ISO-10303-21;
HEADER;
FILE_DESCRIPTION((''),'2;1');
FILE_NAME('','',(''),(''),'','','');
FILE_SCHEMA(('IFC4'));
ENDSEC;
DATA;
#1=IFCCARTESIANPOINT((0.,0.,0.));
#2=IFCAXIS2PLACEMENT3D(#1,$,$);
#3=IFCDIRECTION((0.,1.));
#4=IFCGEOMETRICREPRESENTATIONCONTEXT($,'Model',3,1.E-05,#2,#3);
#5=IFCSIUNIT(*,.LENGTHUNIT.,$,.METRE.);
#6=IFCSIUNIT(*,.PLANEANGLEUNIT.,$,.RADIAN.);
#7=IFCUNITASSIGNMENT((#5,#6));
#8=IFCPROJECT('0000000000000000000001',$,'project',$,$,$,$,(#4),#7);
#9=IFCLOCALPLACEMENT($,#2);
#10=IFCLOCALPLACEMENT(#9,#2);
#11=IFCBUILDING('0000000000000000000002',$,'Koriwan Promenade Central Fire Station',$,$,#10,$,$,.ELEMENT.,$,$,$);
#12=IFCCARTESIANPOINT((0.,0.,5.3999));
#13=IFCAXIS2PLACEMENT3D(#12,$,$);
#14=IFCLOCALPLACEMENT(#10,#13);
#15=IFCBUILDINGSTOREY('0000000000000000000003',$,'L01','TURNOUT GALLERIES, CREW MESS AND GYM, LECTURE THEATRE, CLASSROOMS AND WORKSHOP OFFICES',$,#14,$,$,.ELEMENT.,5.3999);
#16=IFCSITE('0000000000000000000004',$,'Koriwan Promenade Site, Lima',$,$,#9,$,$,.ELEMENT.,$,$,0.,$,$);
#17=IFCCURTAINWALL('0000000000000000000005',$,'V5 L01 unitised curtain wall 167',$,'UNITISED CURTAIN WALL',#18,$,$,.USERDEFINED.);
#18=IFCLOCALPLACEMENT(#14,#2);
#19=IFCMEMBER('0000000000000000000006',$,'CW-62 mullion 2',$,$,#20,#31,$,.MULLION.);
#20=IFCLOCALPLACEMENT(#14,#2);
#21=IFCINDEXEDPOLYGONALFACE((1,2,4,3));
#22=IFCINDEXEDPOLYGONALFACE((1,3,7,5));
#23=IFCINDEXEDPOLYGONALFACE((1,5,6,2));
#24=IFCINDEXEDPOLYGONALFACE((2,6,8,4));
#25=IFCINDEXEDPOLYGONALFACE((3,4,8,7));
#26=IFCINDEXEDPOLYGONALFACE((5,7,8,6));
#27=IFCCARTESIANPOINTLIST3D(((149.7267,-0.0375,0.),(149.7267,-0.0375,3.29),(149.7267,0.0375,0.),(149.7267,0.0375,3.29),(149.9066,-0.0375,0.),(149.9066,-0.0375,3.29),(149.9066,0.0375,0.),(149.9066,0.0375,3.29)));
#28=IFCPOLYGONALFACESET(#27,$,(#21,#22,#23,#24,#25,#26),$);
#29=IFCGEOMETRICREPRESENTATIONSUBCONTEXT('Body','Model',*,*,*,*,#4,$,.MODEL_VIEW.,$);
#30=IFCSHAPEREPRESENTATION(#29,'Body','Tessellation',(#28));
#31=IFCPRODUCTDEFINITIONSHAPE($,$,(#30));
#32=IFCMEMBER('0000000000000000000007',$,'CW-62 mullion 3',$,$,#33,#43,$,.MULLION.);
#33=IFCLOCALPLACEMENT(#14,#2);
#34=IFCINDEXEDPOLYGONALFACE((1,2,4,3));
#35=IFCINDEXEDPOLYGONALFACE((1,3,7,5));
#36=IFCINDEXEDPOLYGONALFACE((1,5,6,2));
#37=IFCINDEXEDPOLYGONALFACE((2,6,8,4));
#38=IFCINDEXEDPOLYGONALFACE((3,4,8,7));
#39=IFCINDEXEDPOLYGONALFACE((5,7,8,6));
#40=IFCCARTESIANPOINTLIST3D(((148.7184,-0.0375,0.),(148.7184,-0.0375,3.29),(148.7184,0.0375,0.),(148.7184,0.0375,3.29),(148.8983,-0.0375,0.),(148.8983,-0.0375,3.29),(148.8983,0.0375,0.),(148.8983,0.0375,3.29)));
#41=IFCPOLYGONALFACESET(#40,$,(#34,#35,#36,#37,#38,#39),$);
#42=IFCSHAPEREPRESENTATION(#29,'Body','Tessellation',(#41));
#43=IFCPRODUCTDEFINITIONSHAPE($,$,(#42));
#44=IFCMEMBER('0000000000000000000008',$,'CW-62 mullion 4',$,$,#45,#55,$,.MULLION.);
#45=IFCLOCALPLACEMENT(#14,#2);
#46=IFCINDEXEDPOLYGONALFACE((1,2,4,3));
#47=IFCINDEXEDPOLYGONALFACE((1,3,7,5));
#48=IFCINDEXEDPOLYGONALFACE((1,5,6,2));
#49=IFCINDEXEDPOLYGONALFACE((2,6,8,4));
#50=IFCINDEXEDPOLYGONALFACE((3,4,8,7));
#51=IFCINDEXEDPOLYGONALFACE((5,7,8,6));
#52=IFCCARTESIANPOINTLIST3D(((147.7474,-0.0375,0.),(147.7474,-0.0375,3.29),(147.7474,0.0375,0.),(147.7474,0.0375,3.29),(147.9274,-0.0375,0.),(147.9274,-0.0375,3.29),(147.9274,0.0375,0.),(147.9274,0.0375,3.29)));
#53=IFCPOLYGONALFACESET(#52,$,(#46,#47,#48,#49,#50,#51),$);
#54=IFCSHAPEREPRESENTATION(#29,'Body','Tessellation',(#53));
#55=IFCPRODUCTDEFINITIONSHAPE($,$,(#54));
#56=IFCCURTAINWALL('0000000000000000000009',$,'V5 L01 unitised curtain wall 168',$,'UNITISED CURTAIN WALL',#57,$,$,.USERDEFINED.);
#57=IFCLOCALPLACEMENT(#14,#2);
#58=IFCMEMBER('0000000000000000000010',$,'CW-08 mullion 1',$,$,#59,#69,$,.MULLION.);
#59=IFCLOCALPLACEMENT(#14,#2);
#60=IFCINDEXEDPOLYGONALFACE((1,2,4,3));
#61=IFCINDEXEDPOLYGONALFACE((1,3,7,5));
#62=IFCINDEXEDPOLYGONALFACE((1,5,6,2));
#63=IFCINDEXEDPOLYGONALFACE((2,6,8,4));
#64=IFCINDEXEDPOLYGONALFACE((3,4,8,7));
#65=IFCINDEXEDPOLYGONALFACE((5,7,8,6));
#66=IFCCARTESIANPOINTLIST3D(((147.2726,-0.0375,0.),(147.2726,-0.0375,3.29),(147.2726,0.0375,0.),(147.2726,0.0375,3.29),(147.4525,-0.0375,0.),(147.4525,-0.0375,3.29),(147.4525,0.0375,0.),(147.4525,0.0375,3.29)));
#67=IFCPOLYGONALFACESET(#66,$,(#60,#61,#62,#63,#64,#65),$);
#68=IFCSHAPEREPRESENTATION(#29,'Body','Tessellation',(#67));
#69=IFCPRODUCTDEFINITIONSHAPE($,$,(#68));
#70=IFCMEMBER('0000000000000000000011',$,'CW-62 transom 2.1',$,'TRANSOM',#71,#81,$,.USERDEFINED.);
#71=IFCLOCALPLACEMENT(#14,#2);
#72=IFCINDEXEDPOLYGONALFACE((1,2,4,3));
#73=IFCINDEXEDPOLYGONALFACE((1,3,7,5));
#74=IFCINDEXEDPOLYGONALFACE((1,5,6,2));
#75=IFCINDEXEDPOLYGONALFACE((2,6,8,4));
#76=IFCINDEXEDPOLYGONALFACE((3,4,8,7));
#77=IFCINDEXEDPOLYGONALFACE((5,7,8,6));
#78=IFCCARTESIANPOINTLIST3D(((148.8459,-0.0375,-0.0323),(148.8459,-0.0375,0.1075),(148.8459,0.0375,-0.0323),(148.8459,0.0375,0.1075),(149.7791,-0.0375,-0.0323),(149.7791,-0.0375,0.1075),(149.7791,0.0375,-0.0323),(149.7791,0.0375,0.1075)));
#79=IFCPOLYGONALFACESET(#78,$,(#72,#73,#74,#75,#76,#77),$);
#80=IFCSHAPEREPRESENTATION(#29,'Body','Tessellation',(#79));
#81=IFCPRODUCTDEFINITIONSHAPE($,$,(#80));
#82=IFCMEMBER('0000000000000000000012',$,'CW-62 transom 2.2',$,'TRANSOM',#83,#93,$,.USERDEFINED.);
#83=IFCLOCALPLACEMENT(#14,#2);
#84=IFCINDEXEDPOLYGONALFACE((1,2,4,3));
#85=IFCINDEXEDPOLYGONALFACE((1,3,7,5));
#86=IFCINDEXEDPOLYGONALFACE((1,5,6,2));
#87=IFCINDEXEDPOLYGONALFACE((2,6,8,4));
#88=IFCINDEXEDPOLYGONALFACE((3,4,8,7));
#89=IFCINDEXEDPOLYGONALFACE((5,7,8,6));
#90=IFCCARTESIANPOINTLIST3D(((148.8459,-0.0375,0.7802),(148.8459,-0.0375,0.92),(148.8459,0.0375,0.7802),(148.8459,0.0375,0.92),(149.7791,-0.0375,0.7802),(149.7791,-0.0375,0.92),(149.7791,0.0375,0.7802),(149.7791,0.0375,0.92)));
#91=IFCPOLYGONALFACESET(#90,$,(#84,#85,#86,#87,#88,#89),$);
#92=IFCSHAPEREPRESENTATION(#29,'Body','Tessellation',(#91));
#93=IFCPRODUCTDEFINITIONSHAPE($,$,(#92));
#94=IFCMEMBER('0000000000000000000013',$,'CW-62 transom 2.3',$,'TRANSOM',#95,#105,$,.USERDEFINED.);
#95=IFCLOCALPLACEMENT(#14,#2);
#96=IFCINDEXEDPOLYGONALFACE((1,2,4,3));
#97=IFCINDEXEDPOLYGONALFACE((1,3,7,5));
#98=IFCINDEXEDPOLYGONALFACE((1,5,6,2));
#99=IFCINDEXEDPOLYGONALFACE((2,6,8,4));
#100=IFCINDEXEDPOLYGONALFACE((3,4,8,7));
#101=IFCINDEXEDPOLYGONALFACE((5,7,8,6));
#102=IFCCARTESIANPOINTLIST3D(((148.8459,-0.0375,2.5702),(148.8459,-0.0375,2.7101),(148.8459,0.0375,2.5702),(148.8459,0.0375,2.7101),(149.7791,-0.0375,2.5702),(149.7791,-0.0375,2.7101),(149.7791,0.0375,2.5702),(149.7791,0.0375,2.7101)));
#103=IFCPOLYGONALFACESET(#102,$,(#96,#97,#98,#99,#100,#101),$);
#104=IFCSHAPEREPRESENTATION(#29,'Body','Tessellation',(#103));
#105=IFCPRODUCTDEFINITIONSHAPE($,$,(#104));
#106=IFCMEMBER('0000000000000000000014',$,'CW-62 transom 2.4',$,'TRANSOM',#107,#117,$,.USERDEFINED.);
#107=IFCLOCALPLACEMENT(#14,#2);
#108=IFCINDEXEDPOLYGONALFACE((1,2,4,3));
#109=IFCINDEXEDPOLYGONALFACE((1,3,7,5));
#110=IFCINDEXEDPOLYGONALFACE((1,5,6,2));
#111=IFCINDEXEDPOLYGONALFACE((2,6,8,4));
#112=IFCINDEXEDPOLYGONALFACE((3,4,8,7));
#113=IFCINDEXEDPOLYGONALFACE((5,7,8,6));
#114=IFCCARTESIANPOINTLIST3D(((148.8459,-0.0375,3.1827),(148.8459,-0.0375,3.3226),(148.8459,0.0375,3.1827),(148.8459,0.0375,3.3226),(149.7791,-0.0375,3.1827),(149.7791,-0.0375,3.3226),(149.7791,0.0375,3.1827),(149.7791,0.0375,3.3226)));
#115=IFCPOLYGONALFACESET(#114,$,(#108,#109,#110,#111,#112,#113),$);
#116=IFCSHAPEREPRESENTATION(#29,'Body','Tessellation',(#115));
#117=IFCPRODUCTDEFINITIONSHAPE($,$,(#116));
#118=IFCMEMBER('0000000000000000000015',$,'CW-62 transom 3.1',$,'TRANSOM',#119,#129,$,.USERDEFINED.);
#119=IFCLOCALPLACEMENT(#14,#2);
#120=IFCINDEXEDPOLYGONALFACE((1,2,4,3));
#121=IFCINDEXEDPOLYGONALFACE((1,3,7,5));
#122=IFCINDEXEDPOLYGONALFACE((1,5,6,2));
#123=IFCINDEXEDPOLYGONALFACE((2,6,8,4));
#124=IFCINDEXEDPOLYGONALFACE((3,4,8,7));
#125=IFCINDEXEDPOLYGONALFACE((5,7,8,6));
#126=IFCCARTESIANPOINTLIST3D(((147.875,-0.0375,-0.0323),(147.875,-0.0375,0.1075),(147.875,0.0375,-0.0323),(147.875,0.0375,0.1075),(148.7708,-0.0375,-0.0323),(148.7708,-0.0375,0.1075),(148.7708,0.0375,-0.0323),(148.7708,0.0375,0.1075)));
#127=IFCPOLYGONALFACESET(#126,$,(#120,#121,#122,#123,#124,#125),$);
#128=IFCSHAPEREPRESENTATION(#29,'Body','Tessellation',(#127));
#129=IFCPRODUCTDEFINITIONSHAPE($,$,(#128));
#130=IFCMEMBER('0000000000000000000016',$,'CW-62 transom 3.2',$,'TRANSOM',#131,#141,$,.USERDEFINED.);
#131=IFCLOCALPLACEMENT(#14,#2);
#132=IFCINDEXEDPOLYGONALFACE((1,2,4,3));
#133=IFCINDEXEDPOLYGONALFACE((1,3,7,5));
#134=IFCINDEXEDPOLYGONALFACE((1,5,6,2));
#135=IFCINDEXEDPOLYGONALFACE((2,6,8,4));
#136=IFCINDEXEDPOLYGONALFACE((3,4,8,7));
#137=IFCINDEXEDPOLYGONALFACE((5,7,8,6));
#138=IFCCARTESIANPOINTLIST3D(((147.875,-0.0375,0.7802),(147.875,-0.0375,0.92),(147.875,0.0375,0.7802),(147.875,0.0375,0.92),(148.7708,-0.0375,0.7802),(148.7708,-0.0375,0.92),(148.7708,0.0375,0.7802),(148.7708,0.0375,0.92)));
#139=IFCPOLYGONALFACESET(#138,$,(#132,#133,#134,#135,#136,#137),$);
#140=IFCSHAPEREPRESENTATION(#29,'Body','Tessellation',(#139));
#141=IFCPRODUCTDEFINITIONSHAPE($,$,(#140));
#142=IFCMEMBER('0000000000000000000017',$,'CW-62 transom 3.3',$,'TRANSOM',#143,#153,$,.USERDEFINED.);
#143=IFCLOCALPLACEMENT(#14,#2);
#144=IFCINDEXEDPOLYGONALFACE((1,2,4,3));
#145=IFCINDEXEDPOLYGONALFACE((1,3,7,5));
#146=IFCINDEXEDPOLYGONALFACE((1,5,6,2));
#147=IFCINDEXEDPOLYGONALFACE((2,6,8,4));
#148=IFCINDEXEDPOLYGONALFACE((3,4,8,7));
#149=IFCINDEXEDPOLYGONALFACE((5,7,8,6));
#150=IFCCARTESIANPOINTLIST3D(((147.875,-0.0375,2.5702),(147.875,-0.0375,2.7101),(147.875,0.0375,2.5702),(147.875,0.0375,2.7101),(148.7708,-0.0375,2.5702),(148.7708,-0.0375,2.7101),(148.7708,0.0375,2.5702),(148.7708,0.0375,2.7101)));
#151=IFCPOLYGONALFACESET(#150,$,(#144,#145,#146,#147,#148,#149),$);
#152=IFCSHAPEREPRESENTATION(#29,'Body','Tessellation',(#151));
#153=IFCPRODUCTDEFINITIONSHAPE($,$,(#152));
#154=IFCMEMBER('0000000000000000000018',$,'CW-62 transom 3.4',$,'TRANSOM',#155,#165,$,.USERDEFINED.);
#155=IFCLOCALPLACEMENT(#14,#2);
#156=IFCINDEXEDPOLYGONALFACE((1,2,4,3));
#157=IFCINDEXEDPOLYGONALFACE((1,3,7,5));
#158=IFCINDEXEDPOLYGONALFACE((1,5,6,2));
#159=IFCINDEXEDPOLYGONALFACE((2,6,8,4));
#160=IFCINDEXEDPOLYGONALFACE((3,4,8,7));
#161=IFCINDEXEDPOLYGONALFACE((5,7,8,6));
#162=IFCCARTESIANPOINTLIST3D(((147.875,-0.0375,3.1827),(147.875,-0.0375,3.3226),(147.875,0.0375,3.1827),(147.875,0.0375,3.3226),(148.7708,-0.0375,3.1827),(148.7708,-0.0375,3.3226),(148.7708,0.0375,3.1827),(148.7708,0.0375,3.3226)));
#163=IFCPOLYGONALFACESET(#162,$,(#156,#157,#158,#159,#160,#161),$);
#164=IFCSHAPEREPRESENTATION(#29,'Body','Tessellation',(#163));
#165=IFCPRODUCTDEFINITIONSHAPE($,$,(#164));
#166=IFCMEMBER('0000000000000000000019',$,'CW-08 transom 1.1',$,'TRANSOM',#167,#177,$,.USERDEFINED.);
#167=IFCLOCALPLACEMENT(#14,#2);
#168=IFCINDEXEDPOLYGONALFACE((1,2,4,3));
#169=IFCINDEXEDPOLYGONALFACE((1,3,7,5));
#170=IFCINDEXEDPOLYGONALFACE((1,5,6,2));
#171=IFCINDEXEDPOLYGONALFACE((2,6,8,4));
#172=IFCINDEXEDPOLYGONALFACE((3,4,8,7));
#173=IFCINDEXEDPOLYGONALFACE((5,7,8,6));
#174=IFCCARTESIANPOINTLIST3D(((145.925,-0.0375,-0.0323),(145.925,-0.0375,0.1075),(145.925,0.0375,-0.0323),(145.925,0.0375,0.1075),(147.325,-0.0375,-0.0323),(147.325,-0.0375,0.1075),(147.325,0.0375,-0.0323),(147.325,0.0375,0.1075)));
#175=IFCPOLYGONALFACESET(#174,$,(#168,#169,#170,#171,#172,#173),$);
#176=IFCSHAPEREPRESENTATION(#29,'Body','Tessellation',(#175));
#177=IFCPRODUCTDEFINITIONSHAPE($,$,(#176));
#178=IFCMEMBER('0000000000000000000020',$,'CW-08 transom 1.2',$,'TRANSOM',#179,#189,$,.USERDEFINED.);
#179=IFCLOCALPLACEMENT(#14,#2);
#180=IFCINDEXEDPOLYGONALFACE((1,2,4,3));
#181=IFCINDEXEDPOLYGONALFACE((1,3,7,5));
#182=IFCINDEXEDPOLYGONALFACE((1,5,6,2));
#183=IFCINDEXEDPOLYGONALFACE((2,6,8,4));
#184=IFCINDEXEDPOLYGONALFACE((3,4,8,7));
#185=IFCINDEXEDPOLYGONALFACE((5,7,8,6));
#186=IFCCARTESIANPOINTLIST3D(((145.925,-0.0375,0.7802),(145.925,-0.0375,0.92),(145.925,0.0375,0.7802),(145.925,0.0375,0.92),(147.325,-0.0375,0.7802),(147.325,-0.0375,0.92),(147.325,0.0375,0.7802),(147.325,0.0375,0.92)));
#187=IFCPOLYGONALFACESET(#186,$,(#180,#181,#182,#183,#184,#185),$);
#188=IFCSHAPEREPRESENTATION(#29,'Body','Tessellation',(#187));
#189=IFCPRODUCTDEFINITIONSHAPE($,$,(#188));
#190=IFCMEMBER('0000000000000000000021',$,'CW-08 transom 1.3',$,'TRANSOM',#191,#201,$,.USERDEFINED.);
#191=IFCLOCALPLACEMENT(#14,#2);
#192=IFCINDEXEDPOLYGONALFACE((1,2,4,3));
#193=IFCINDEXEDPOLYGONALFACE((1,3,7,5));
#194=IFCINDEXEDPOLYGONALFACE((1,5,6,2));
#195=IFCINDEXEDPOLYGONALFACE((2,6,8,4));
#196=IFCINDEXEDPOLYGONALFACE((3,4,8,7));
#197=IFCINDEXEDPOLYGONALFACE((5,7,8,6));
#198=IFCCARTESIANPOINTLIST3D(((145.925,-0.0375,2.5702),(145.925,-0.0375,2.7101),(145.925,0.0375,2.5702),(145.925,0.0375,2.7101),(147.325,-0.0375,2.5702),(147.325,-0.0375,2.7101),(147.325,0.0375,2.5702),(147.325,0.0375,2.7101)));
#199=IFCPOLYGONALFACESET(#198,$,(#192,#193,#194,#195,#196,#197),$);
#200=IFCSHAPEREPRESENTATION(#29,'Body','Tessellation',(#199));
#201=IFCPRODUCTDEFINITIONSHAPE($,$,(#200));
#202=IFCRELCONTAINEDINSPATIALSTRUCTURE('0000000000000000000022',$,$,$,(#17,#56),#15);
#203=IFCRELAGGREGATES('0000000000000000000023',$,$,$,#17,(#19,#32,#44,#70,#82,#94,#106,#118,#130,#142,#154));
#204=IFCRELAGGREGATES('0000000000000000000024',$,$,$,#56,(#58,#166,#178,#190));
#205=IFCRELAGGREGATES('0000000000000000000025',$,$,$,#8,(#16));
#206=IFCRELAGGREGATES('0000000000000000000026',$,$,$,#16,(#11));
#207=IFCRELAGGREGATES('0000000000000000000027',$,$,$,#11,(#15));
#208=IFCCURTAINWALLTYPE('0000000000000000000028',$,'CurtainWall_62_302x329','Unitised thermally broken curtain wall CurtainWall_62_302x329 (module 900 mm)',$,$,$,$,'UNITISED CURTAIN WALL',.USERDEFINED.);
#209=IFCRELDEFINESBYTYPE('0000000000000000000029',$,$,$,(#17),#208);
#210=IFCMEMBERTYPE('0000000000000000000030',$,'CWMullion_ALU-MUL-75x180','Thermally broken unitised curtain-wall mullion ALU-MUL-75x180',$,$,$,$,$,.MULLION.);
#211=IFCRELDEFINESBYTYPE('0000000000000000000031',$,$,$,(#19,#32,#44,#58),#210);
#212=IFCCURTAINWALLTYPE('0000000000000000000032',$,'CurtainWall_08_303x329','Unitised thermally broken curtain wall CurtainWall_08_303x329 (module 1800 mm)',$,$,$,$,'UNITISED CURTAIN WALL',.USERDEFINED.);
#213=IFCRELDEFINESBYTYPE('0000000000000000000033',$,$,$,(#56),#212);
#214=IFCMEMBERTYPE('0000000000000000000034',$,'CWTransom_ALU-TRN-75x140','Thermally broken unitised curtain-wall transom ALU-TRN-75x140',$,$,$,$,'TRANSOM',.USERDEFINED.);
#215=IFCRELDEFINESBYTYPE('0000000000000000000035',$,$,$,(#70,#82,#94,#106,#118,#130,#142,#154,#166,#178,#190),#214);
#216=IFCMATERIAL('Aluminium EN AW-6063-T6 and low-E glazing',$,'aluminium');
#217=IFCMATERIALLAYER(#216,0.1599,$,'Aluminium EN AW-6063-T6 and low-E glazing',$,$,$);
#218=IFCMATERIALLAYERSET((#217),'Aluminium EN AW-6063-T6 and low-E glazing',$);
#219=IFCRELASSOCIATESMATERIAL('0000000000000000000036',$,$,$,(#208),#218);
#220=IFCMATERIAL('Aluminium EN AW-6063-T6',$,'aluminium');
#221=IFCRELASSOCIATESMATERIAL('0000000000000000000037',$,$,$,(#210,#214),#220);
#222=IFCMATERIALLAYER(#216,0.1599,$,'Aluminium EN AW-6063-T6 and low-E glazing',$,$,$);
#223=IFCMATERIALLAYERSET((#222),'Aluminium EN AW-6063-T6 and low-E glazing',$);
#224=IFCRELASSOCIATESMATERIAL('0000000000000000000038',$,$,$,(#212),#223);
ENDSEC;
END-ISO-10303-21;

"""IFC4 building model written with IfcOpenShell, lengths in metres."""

from ifc_helpers import new_model, si_unit, direction, frame, origin, origin_2d, place, context, subcontext, project, spatial, rectangle, extrude, material, layer, layer_set, material_profile, profile_set, type_object, element, aggregate, save


model = new_model("IFC4")

# Units and contexts
model_context = context("Model", 3, precision=1e-05, world=origin(), true_north=direction((0.0, 1.0)))
body_context = subcontext(model_context, "Body", "Model", "MODEL_VIEW")
ifc_project = project(units=[si_unit("LENGTHUNIT", "METRE"), si_unit("PLANEANGLEUNIT", "RADIAN")], contexts=[model_context])

# Site, building, storey
site_placement = place(None, origin())
site = spatial("IfcSite", under=ifc_project, at=site_placement, Name="Koriwan Promenade Site, Lima", CompositionType="ELEMENT", RefElevation=0.0)
building_placement = place(site_placement, origin())
building = spatial("IfcBuilding", under=site, at=building_placement, Name="Koriwan Promenade Central Fire Station", CompositionType="ELEMENT")
storey_placement = place(building_placement, frame((0.0, 0.0, 5.3999)))
storey = spatial("IfcBuildingStorey", under=building, at=storey_placement, Name="L01", Description="TURNOUT GALLERIES, CREW MESS AND GYM, LECTURE THEATRE, CLASSROOMS AND WORKSHOP OFFICES", CompositionType="ELEMENT", Elevation=5.3999)

# Curtain wall, members
ifc_material_1 = material(Name="Aluminium EN AW-6063-T6 and low-E glazing", Category="aluminium")
ifc_layer_1 = layer(ifc_material_1, 0.1599, Name="Aluminium EN AW-6063-T6 and low-E glazing")
ifc_layer_set_1 = layer_set([ifc_layer_1], Name="Aluminium EN AW-6063-T6 and low-E glazing")
curtain_wall_type_1 = type_object("IfcCurtainWallType", Name="CurtainWall_62_302x329", Description="Unitised thermally broken curtain wall CurtainWall_62_302x329 (module 900 mm)", ElementType="UNITISED CURTAIN WALL", PredefinedType="USERDEFINED", material=ifc_layer_set_1)
curtain_wall_1_placement = place(storey_placement, origin())
curtain_wall_1 = element("IfcCurtainWall", 1, at=curtain_wall_1_placement, inside=storey, type_object=curtain_wall_type_1, Name="V5 L01 unitised curtain wall 167", ObjectType="UNITISED CURTAIN WALL", PredefinedType="USERDEFINED")
ifc_material_2 = material(Name="Aluminium EN AW-6063-T6", Category="aluminium")
ifc_material_profile_1 = material_profile(ifc_material_2, rectangle(XDim=0.075, YDim=0.1799, at=origin_2d()), Name="ALU-MUL-75x180")
ifc_profile_set_1 = profile_set([ifc_material_profile_1], Name="Aluminium EN AW-6063-T6")
member_type_1 = type_object("IfcMemberType", Name="CWMullion_ALU-MUL-75x180", Description="Thermally broken unitised curtain-wall mullion ALU-MUL-75x180", PredefinedType="MULLION", material=ifc_profile_set_1)
member_1_placement = place(storey_placement, frame((149.8167, 0.0, 0.0), z_axis=(0.0, 0.0, 1.0), x_axis=(0.0, -1.0, 0.0)))
member_1 = element("IfcMember", 2, at=member_1_placement, type_object=member_type_1, Name="CW-62 mullion 2", PredefinedType="MULLION", context=body_context, shape_type="SweptSolid", body=[
    extrude(rectangle(XDim=0.075, YDim=0.1799, at=origin_2d()), origin(), (0.0, 0.0, 1.0), 3.29),
])
member_2_placement = place(storey_placement, frame((148.8083, 0.0, 0.0), z_axis=(0.0, 0.0, 1.0), x_axis=(0.0, -1.0, 0.0)))
member_2 = element("IfcMember", 3, at=member_2_placement, type_object=member_type_1, Name="CW-62 mullion 3", PredefinedType="MULLION", context=body_context, shape_type="SweptSolid", body=[
    extrude(rectangle(XDim=0.075, YDim=0.1799, at=origin_2d()), origin(), (0.0, 0.0, 1.0), 3.29),
])
member_3_placement = place(storey_placement, frame((147.8374, 0.0, 0.0), z_axis=(0.0, 0.0, 1.0), x_axis=(0.0, -1.0, 0.0)))
member_3 = element("IfcMember", 4, at=member_3_placement, type_object=member_type_1, Name="CW-62 mullion 4", PredefinedType="MULLION", context=body_context, shape_type="SweptSolid", body=[
    extrude(rectangle(XDim=0.075, YDim=0.1799, at=origin_2d()), origin(), (0.0, 0.0, 1.0), 3.29),
])

# Curtain wall, member
ifc_layer_2 = layer(ifc_material_1, 0.1599, Name="Aluminium EN AW-6063-T6 and low-E glazing")
ifc_layer_set_2 = layer_set([ifc_layer_2], Name="Aluminium EN AW-6063-T6 and low-E glazing")
curtain_wall_type_2 = type_object("IfcCurtainWallType", Name="CurtainWall_08_303x329", Description="Unitised thermally broken curtain wall CurtainWall_08_303x329 (module 1800 mm)", ElementType="UNITISED CURTAIN WALL", PredefinedType="USERDEFINED", material=ifc_layer_set_2)
curtain_wall_2_placement = place(storey_placement, origin())
curtain_wall_2 = element("IfcCurtainWall", 5, at=curtain_wall_2_placement, inside=storey, type_object=curtain_wall_type_2, Name="V5 L01 unitised curtain wall 168", ObjectType="UNITISED CURTAIN WALL", PredefinedType="USERDEFINED")
member_4_placement = place(storey_placement, frame((147.3625, 0.0, 0.0), z_axis=(0.0, 0.0, 1.0), x_axis=(0.0, -1.0, 0.0)))
member_4 = element("IfcMember", 6, at=member_4_placement, type_object=member_type_1, Name="CW-08 mullion 1", PredefinedType="MULLION", context=body_context, shape_type="SweptSolid", body=[
    extrude(rectangle(XDim=0.075, YDim=0.1799, at=origin_2d()), origin(), (0.0, 0.0, 1.0), 3.29),
])

# Members
ifc_material_profile_2 = material_profile(ifc_material_2, rectangle(XDim=0.075, YDim=0.1399, at=origin_2d()), Name="ALU-TRN-75x140")
ifc_profile_set_2 = profile_set([ifc_material_profile_2], Name="Aluminium EN AW-6063-T6")
member_type_2 = type_object("IfcMemberType", Name="CWTransom_ALU-TRN-75x140", Description="Thermally broken unitised curtain-wall transom ALU-TRN-75x140", ElementType="TRANSOM", PredefinedType="USERDEFINED", material=ifc_profile_set_2)
member_5_placement = place(storey_placement, frame((149.7791, 0.0, 0.0376), z_axis=(-1.0, 0.0, 0.0), x_axis=(0.0, -1.0, 0.0)))
member_5 = element("IfcMember", 7, at=member_5_placement, type_object=member_type_2, Name="CW-62 transom 2.1", ObjectType="TRANSOM", PredefinedType="USERDEFINED", context=body_context, shape_type="SweptSolid", body=[
    extrude(rectangle(XDim=0.075, YDim=0.1399, at=origin_2d()), origin(), (0.0, 0.0, 1.0), 0.9331),
])
member_6_placement = place(storey_placement, frame((149.7791, 0.0, 0.8501), z_axis=(-1.0, 0.0, 0.0), x_axis=(0.0, -1.0, 0.0)))
member_6 = element("IfcMember", 8, at=member_6_placement, type_object=member_type_2, Name="CW-62 transom 2.2", ObjectType="TRANSOM", PredefinedType="USERDEFINED", context=body_context, shape_type="SweptSolid", body=[
    extrude(rectangle(XDim=0.075, YDim=0.1399, at=origin_2d()), origin(), (0.0, 0.0, 1.0), 0.9331),
])
member_7_placement = place(storey_placement, frame((149.7791, 0.0, 2.6401), z_axis=(-1.0, 0.0, 0.0), x_axis=(0.0, -1.0, 0.0)))
member_7 = element("IfcMember", 9, at=member_7_placement, type_object=member_type_2, Name="CW-62 transom 2.3", ObjectType="TRANSOM", PredefinedType="USERDEFINED", context=body_context, shape_type="SweptSolid", body=[
    extrude(rectangle(XDim=0.075, YDim=0.1399, at=origin_2d()), origin(), (0.0, 0.0, 1.0), 0.9331),
])
member_8_placement = place(storey_placement, frame((149.7791, 0.0, 3.2527), z_axis=(-1.0, 0.0, 0.0), x_axis=(0.0, -1.0, 0.0)))
member_8 = element("IfcMember", 10, at=member_8_placement, type_object=member_type_2, Name="CW-62 transom 2.4", ObjectType="TRANSOM", PredefinedType="USERDEFINED", context=body_context, shape_type="SweptSolid", body=[
    extrude(rectangle(XDim=0.075, YDim=0.1399, at=origin_2d()), origin(), (0.0, 0.0, 1.0), 0.9331),
])
member_9_placement = place(storey_placement, frame((148.7708, 0.0, 0.0376), z_axis=(-1.0, 0.0, 0.0), x_axis=(0.0, -1.0, 0.0)))
member_9 = element("IfcMember", 11, at=member_9_placement, type_object=member_type_2, Name="CW-62 transom 3.1", ObjectType="TRANSOM", PredefinedType="USERDEFINED", context=body_context, shape_type="SweptSolid", body=[
    extrude(rectangle(XDim=0.075, YDim=0.1399, at=origin_2d()), origin(), (0.0, 0.0, 1.0), 0.8958),
])
member_10_placement = place(storey_placement, frame((148.7708, 0.0, 0.8501), z_axis=(-1.0, 0.0, 0.0), x_axis=(0.0, -1.0, 0.0)))
member_10 = element("IfcMember", 12, at=member_10_placement, type_object=member_type_2, Name="CW-62 transom 3.2", ObjectType="TRANSOM", PredefinedType="USERDEFINED", context=body_context, shape_type="SweptSolid", body=[
    extrude(rectangle(XDim=0.075, YDim=0.1399, at=origin_2d()), origin(), (0.0, 0.0, 1.0), 0.8958),
])
member_11_placement = place(storey_placement, frame((148.7708, 0.0, 2.6401), z_axis=(-1.0, 0.0, 0.0), x_axis=(0.0, -1.0, 0.0)))
member_11 = element("IfcMember", 13, at=member_11_placement, type_object=member_type_2, Name="CW-62 transom 3.3", ObjectType="TRANSOM", PredefinedType="USERDEFINED", context=body_context, shape_type="SweptSolid", body=[
    extrude(rectangle(XDim=0.075, YDim=0.1399, at=origin_2d()), origin(), (0.0, 0.0, 1.0), 0.8958),
])
member_12_placement = place(storey_placement, frame((148.7708, 0.0, 3.2527), z_axis=(-1.0, 0.0, 0.0), x_axis=(0.0, -1.0, 0.0)))
member_12 = element("IfcMember", 14, at=member_12_placement, type_object=member_type_2, Name="CW-62 transom 3.4", ObjectType="TRANSOM", PredefinedType="USERDEFINED", context=body_context, shape_type="SweptSolid", body=[
    extrude(rectangle(XDim=0.075, YDim=0.1399, at=origin_2d()), origin(), (0.0, 0.0, 1.0), 0.8958),
])
member_13_placement = place(storey_placement, frame((147.325, 0.0, 0.0376), z_axis=(-1.0, 0.0, 0.0), x_axis=(0.0, -1.0, 0.0)))
member_13 = element("IfcMember", 15, at=member_13_placement, type_object=member_type_2, Name="CW-08 transom 1.1", ObjectType="TRANSOM", PredefinedType="USERDEFINED", context=body_context, shape_type="SweptSolid", body=[
    extrude(rectangle(XDim=0.075, YDim=0.1399, at=origin_2d()), origin(), (0.0, 0.0, 1.0), 1.3999),
])
member_14_placement = place(storey_placement, frame((147.325, 0.0, 0.8501), z_axis=(-1.0, 0.0, 0.0), x_axis=(0.0, -1.0, 0.0)))
member_14 = element("IfcMember", 16, at=member_14_placement, type_object=member_type_2, Name="CW-08 transom 1.2", ObjectType="TRANSOM", PredefinedType="USERDEFINED", context=body_context, shape_type="SweptSolid", body=[
    extrude(rectangle(XDim=0.075, YDim=0.1399, at=origin_2d()), origin(), (0.0, 0.0, 1.0), 1.3999),
])
member_15_placement = place(storey_placement, frame((147.325, 0.0, 2.6401), z_axis=(-1.0, 0.0, 0.0), x_axis=(0.0, -1.0, 0.0)))
member_15 = element("IfcMember", 17, at=member_15_placement, type_object=member_type_2, Name="CW-08 transom 1.3", ObjectType="TRANSOM", PredefinedType="USERDEFINED", context=body_context, shape_type="SweptSolid", body=[
    extrude(rectangle(XDim=0.075, YDim=0.1399, at=origin_2d()), origin(), (0.0, 0.0, 1.0), 1.3999),
])

aggregate(curtain_wall_1, [member_1, member_2, member_3, member_5, member_6, member_7, member_8, member_9, member_10, member_11, member_12])
aggregate(curtain_wall_2, [member_4, member_13, member_14, member_15])

save(model, "model.ifc")
